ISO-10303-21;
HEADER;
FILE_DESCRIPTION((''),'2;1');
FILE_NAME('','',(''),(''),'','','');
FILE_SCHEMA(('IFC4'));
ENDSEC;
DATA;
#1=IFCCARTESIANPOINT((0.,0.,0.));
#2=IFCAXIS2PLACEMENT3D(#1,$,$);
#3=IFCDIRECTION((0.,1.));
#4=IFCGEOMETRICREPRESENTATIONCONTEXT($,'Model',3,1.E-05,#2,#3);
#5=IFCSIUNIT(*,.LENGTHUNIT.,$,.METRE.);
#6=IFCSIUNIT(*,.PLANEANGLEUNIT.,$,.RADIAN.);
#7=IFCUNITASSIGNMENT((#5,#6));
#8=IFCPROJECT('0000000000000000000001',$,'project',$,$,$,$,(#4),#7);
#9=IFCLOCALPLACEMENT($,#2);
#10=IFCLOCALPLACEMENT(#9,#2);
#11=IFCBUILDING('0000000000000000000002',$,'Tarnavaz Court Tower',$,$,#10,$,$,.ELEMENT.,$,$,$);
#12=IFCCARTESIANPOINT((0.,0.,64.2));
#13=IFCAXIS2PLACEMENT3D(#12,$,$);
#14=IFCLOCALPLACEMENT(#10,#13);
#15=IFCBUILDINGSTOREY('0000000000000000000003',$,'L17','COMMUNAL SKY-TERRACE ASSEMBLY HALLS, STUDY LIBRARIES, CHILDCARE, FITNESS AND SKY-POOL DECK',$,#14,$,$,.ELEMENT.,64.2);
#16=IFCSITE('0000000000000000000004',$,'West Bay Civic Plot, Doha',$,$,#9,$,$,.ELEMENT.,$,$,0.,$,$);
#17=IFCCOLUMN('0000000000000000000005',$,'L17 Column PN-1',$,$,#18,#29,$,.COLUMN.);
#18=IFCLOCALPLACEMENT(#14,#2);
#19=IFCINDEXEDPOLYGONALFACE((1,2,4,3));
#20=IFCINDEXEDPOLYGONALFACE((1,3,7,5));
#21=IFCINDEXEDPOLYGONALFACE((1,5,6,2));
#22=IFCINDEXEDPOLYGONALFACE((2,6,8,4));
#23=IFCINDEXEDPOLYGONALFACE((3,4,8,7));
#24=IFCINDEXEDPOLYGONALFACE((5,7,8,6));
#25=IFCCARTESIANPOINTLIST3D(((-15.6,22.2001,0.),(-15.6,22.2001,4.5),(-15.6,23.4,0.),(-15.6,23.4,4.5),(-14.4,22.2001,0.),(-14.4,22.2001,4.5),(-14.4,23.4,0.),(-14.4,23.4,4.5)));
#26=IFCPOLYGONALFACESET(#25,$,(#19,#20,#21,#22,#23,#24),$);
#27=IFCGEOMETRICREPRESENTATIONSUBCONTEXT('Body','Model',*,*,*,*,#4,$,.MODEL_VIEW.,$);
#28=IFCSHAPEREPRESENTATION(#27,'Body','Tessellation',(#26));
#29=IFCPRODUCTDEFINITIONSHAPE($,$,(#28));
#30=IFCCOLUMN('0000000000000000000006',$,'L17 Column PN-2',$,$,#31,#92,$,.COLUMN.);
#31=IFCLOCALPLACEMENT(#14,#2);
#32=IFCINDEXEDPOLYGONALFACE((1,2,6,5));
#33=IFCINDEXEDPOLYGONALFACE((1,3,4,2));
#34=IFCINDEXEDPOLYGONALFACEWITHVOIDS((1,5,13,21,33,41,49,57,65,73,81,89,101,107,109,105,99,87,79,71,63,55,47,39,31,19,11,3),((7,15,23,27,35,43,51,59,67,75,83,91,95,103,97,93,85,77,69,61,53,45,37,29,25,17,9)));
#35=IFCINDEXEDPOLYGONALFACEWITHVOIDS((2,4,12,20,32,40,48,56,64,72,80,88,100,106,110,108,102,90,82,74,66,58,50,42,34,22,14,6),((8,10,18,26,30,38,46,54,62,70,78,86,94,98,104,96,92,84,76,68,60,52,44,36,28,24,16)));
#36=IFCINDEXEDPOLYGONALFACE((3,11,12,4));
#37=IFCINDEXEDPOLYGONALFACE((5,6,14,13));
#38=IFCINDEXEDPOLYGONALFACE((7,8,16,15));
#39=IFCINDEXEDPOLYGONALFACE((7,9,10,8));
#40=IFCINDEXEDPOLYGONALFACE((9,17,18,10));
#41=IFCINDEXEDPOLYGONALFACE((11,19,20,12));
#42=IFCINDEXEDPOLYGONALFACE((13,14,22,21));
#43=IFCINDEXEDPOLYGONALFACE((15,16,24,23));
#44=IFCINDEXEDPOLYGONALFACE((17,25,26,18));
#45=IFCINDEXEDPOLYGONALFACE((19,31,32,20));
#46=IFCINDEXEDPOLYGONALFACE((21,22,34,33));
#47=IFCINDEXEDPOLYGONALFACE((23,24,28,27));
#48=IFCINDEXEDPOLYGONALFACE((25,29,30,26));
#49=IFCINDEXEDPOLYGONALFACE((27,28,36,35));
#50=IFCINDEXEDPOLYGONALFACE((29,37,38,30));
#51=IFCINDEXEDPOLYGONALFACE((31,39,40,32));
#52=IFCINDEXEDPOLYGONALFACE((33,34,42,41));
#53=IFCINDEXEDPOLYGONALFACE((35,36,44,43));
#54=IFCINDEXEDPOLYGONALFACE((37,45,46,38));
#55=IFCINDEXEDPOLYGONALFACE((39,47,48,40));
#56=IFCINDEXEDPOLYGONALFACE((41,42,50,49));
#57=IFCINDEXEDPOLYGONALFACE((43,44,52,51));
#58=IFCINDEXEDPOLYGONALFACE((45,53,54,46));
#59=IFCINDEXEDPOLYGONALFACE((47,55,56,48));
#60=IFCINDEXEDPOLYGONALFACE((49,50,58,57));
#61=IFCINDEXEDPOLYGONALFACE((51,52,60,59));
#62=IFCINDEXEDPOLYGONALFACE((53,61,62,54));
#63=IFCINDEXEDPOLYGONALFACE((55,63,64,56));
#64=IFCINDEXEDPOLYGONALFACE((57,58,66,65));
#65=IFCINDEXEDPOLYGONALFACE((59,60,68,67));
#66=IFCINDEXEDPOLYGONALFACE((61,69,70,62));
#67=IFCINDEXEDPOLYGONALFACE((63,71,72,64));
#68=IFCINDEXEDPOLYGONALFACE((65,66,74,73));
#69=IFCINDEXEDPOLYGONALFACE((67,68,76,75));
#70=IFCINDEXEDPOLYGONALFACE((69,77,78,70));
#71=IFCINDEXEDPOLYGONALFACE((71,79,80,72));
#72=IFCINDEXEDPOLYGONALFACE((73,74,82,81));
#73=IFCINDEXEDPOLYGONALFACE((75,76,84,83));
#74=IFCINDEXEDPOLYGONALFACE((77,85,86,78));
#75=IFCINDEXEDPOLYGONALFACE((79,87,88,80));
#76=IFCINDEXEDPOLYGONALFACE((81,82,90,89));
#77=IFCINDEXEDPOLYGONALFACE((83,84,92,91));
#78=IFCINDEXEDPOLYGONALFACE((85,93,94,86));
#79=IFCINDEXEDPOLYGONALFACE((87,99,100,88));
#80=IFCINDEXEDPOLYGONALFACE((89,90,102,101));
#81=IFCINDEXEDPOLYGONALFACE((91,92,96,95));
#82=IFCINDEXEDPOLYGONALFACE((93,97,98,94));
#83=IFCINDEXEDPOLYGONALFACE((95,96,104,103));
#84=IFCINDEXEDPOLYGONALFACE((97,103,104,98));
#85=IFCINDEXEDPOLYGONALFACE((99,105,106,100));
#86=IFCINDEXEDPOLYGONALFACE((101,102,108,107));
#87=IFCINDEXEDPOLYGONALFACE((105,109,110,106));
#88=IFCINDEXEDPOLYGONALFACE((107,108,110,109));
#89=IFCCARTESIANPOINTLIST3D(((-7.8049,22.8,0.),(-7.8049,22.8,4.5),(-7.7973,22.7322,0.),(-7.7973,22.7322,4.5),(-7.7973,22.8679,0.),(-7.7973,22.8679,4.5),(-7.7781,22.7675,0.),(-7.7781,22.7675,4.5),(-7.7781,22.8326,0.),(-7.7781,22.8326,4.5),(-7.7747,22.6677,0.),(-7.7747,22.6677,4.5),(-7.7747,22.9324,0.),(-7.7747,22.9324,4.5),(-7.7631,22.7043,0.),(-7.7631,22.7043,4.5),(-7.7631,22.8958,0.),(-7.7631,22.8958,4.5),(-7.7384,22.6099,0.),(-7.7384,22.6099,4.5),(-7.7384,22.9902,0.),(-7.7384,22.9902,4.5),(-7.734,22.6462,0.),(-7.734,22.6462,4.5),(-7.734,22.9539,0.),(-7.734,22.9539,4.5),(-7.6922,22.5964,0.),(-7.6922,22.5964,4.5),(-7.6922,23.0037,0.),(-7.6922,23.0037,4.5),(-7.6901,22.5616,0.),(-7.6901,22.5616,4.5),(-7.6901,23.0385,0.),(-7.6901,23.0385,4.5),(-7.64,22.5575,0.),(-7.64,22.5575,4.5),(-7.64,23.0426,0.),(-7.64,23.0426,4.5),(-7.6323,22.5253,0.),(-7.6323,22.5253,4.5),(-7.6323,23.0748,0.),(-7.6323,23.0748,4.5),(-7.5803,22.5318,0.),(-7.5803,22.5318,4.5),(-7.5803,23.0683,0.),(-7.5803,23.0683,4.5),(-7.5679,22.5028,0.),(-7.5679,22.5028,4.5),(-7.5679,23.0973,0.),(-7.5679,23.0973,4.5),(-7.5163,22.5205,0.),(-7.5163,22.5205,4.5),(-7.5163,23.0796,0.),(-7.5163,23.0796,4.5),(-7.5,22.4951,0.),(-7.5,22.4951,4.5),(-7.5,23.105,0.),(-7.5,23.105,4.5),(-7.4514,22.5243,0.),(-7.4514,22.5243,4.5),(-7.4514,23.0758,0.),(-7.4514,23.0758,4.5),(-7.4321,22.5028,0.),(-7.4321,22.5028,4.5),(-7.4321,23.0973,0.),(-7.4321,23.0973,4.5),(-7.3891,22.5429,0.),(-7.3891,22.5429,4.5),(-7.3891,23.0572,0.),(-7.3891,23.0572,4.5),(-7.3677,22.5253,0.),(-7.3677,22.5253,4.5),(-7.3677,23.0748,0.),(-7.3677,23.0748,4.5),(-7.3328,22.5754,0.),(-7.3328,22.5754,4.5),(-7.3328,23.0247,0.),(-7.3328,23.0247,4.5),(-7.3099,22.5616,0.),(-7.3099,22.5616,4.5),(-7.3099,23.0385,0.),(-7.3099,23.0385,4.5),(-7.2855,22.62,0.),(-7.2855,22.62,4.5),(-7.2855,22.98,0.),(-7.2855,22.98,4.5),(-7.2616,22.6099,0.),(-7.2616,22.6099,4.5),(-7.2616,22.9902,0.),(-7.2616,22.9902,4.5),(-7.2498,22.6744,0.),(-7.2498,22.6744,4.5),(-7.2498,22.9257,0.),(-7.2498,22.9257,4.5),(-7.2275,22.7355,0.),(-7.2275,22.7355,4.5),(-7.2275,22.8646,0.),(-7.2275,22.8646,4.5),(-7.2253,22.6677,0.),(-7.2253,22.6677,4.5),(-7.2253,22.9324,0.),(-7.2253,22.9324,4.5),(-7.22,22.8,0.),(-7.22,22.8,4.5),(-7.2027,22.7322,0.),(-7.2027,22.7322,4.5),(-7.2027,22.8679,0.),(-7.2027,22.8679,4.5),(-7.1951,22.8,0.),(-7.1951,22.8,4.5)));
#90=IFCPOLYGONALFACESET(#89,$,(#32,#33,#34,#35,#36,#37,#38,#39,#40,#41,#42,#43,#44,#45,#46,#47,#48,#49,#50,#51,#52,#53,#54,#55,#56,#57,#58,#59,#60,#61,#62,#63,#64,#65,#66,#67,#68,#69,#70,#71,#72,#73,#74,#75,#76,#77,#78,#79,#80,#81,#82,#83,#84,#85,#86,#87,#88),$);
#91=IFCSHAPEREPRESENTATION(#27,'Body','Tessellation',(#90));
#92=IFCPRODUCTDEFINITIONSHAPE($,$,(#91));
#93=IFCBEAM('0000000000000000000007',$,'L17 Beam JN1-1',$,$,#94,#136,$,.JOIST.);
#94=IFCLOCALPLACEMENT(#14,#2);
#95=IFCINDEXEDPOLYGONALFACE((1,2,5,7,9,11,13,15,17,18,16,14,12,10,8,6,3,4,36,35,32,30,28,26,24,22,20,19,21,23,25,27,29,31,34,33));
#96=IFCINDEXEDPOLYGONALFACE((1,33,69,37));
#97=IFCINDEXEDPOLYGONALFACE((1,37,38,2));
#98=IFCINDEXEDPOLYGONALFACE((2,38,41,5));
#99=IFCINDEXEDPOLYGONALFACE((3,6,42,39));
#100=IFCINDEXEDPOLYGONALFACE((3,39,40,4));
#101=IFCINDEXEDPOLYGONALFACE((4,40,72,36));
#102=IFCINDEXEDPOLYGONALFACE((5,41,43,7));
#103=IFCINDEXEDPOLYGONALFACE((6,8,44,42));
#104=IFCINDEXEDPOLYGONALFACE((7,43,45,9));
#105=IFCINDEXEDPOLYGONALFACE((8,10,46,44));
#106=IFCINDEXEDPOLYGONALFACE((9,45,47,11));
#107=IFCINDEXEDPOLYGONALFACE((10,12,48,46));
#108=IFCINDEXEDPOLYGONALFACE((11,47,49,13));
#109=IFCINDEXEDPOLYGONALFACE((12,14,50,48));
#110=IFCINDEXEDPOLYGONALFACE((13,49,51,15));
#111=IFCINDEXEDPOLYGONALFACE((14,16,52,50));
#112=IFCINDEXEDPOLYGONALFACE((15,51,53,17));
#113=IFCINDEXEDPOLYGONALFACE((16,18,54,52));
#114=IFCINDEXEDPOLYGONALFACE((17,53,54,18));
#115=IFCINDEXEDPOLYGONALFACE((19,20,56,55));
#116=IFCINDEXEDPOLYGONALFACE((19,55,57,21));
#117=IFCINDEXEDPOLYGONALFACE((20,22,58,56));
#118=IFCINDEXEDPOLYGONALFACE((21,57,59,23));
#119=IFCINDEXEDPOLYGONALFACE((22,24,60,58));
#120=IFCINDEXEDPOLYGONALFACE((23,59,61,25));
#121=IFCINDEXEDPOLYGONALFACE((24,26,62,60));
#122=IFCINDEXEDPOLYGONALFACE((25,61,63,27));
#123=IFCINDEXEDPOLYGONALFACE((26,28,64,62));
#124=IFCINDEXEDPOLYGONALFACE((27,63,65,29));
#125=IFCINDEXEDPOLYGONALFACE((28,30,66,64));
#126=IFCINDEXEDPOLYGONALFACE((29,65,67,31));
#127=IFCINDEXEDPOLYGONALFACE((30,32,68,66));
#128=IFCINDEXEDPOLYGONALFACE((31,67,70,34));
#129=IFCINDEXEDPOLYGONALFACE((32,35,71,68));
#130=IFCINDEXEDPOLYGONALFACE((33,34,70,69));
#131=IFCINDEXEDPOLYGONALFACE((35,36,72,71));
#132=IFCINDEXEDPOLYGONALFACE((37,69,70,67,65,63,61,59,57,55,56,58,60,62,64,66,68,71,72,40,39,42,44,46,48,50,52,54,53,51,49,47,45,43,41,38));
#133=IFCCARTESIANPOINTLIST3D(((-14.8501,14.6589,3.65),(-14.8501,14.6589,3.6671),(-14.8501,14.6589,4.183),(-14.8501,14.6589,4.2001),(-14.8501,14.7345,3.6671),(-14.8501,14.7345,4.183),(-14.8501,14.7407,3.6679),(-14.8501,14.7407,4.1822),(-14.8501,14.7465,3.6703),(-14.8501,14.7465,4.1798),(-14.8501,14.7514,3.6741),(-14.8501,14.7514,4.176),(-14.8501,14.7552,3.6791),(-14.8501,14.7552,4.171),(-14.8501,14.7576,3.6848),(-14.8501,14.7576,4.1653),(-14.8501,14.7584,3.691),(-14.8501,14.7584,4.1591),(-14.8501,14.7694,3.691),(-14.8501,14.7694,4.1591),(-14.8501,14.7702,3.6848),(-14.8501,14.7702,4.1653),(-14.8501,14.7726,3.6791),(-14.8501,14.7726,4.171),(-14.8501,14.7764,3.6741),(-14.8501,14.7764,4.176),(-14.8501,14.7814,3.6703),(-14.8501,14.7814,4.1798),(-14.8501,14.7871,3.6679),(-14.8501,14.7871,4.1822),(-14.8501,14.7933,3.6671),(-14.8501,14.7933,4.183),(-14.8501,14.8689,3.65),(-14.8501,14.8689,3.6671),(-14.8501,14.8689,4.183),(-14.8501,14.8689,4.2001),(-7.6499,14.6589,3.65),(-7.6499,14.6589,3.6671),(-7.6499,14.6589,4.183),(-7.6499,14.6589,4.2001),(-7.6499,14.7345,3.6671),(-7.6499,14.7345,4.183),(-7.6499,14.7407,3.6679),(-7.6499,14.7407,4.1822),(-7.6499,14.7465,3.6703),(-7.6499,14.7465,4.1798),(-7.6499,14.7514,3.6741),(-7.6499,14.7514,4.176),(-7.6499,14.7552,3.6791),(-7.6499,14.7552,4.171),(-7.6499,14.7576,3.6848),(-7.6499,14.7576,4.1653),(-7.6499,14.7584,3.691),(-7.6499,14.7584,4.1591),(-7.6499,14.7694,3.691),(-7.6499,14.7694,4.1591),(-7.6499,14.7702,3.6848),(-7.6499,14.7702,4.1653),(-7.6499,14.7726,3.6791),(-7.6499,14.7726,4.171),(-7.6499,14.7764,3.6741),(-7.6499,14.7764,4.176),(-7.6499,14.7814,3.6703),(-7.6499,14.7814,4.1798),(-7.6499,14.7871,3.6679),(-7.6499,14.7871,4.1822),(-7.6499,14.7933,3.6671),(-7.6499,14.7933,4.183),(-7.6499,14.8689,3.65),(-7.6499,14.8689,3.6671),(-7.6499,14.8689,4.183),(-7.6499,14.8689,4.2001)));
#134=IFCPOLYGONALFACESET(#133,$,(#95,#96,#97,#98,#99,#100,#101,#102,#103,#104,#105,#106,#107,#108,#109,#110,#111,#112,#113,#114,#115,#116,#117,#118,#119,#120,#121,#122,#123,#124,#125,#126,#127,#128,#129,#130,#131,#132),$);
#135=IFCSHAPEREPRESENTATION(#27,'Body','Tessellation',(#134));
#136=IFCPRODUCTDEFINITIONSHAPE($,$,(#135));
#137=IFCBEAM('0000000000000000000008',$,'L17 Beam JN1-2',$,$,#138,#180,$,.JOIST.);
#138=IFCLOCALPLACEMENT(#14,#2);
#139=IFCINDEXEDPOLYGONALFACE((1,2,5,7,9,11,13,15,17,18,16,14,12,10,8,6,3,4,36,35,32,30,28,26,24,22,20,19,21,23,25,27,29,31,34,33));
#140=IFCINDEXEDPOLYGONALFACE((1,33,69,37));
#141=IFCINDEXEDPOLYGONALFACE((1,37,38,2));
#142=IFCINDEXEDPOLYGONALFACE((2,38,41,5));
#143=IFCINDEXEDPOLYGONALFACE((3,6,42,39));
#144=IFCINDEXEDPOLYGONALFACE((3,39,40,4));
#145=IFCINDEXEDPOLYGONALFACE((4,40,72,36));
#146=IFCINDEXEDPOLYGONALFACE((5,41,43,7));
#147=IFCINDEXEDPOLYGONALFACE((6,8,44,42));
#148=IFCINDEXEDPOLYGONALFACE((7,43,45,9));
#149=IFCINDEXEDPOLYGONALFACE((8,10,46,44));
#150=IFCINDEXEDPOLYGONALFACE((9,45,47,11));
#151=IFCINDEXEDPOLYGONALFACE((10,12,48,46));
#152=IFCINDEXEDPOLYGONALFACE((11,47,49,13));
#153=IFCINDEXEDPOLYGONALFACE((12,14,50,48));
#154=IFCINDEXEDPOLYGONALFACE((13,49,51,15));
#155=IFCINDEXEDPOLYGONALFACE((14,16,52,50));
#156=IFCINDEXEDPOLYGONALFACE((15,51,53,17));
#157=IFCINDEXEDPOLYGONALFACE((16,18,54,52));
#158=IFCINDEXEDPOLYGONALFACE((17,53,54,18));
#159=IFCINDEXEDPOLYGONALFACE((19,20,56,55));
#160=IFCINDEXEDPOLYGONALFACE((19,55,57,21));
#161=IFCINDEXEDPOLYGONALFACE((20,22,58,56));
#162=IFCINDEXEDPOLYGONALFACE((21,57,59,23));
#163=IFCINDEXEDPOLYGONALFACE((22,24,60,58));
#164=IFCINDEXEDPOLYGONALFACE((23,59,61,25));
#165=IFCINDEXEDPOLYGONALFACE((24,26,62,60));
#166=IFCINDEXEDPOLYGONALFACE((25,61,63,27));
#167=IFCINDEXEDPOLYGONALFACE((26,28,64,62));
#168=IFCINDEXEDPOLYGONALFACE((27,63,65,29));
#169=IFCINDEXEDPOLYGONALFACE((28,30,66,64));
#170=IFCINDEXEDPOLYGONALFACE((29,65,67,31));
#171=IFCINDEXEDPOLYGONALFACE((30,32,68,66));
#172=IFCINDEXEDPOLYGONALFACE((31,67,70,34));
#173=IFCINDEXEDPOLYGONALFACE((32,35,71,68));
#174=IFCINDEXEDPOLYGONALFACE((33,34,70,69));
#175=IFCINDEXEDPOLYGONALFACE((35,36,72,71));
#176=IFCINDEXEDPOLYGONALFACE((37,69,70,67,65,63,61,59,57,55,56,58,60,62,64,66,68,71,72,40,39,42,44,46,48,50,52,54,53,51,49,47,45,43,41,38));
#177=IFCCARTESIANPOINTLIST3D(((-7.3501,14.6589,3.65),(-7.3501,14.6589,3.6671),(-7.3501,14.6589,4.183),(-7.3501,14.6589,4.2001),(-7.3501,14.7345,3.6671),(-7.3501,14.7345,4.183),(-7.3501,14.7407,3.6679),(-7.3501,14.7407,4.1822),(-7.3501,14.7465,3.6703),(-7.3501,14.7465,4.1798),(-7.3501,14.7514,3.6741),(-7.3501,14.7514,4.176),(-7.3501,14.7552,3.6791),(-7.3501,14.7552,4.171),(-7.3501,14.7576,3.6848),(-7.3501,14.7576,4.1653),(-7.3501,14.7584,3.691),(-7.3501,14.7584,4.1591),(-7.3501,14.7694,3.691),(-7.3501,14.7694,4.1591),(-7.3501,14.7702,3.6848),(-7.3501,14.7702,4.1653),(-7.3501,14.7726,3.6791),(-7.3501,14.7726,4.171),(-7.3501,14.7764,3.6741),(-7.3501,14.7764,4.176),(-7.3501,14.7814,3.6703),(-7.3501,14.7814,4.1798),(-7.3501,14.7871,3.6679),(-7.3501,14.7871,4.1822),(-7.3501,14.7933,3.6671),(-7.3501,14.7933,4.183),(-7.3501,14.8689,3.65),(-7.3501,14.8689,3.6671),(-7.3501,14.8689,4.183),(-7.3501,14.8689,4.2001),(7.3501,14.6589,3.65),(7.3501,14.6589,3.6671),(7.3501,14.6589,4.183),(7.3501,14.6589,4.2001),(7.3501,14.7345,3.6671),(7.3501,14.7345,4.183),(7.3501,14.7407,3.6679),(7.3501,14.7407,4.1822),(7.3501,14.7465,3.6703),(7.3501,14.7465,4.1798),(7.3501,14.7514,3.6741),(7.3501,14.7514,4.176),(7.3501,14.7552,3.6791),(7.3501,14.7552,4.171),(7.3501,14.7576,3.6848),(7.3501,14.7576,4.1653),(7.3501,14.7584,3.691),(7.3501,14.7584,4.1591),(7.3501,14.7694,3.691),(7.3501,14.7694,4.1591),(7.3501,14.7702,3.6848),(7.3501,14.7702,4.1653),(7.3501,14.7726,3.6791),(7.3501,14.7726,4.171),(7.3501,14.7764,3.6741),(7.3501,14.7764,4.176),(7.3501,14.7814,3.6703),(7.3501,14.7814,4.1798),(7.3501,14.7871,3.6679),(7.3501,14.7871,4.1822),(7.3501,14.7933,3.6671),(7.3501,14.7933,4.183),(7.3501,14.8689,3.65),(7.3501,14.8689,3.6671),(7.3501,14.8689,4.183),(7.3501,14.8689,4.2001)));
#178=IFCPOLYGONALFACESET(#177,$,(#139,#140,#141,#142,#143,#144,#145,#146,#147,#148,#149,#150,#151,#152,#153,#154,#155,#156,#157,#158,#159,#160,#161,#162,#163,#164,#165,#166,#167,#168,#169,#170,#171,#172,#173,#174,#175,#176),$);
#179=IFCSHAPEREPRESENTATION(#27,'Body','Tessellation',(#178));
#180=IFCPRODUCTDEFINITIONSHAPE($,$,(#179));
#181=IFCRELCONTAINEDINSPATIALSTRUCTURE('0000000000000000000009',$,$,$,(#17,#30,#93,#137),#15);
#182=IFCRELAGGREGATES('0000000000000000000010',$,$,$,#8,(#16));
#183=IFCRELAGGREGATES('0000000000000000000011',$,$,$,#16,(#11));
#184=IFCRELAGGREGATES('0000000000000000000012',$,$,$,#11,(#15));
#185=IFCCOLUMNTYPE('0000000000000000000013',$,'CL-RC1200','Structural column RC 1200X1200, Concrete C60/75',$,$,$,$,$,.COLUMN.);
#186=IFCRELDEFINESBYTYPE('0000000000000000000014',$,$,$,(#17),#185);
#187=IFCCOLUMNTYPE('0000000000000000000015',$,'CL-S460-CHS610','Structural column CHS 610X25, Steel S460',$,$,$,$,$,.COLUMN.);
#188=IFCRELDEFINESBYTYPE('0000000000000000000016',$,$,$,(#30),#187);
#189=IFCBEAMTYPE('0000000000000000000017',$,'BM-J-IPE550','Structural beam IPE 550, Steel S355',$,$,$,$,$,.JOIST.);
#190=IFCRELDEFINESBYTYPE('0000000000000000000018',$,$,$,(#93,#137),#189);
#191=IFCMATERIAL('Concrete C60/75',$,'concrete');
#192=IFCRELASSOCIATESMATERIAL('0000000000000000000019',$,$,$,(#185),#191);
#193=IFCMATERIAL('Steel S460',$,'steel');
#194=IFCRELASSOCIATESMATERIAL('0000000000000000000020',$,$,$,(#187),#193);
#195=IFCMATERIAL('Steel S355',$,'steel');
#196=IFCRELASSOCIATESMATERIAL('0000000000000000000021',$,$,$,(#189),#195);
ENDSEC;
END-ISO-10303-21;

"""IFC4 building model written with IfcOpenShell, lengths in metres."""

from ifc_helpers import new_model, si_unit, direction, frame, origin, origin_2d, place, context, subcontext, project, spatial, rectangle, hollow_circle, i_section, extrude, material, material_profile, profile_set, type_object, element, save


model = new_model("IFC4")

# Units and contexts
model_context = context("Model", 3, precision=1e-05, world=origin(), true_north=direction((0.0, 1.0)))
body_context = subcontext(model_context, "Body", "Model", "MODEL_VIEW")
ifc_project = project(units=[si_unit("LENGTHUNIT", "METRE"), si_unit("PLANEANGLEUNIT", "RADIAN")], contexts=[model_context])

# Site, building, storey
site_placement = place(None, origin())
site = spatial("IfcSite", under=ifc_project, at=site_placement, Name="West Bay Civic Plot, Doha", CompositionType="ELEMENT", RefElevation=0.0)
building_placement = place(site_placement, origin())
building = spatial("IfcBuilding", under=site, at=building_placement, Name="Tarnavaz Court Tower", CompositionType="ELEMENT")
storey_placement = place(building_placement, frame((0.0, 0.0, 64.2)))
storey = spatial("IfcBuildingStorey", under=building, at=storey_placement, Name="L17", Description="COMMUNAL SKY-TERRACE ASSEMBLY HALLS, STUDY LIBRARIES, CHILDCARE, FITNESS AND SKY-POOL DECK", CompositionType="ELEMENT", Elevation=64.2)

# Columns
ifc_material_1 = material(Name="Concrete C60/75", Category="concrete")
ifc_material_profile_1 = material_profile(ifc_material_1, rectangle(XDim=1.2, YDim=1.2, at=origin_2d()), Name="RC 1200X1200")
ifc_profile_set_1 = profile_set([ifc_material_profile_1], Name="Concrete C60/75")
column_type_1 = type_object("IfcColumnType", Name="CL-RC1200", Description="Structural column RC 1200X1200, Concrete C60/75", PredefinedType="COLUMN", material=ifc_profile_set_1)
column_1_placement = place(storey_placement, frame((-15.0, 22.8, 0.0), z_axis=(0.0, 0.0, 1.0), x_axis=(1.0, 0.0, 0.0)))
element("IfcColumn", 1, at=column_1_placement, inside=storey, type_object=column_type_1, Name="L17 Column PN-1", PredefinedType="COLUMN", context=body_context, shape_type="SweptSolid", body=[
    extrude(rectangle(XDim=1.2, YDim=1.2, at=origin_2d()), origin(), (0.0, 0.0, 1.0), 4.5),
])
ifc_material_2 = material(Name="Steel S460", Category="steel")
ifc_material_profile_2 = material_profile(ifc_material_2, hollow_circle(Radius=0.3049, WallThickness=0.0249, at=origin_2d()), Name="CHS 610X25")
ifc_profile_set_2 = profile_set([ifc_material_profile_2], Name="Steel S460")
column_type_2 = type_object("IfcColumnType", Name="CL-S460-CHS610", Description="Structural column CHS 610X25, Steel S460", PredefinedType="COLUMN", material=ifc_profile_set_2)
column_2_placement = place(storey_placement, frame((-7.5, 22.8, 0.0), z_axis=(0.0, 0.0, 1.0), x_axis=(1.0, 0.0, 0.0)))
element("IfcColumn", 2, at=column_2_placement, inside=storey, type_object=column_type_2, Name="L17 Column PN-2", PredefinedType="COLUMN", context=body_context, shape_type="SweptSolid", body=[
    extrude(hollow_circle(Radius=0.3049, WallThickness=0.0249, at=origin_2d()), origin(), (0.0, 0.0, 1.0), 4.5),
])

# Beams
ifc_material_3 = material(Name="Steel S355", Category="steel")
ifc_material_profile_3 = material_profile(ifc_material_3, i_section(OverallWidth=0.21, OverallDepth=0.55, WebThickness=0.011, FlangeThickness=0.0171, FilletRadius=0.0239, at=origin_2d()), Name="IPE 550")
ifc_profile_set_3 = profile_set([ifc_material_profile_3], Name="Steel S355")
beam_type_1 = type_object("IfcBeamType", Name="BM-J-IPE550", Description="Structural beam IPE 550, Steel S355", PredefinedType="JOIST", material=ifc_profile_set_3)
beam_1_placement = place(storey_placement, frame((-14.8501, 14.7639, 3.925), z_axis=(1.0, 0.0, 0.0), x_axis=(0.0, 1.0, 0.0)))
element("IfcBeam", 3, at=beam_1_placement, inside=storey, type_object=beam_type_1, Name="L17 Beam JN1-1", PredefinedType="JOIST", context=body_context, shape_type="SweptSolid", body=[
    extrude(i_section(OverallWidth=0.21, OverallDepth=0.55, WebThickness=0.011, FlangeThickness=0.0171, FilletRadius=0.0239, at=origin_2d()), origin(), (0.0, 0.0, 1.0), 7.2002),
])
beam_2_placement = place(storey_placement, frame((-7.3501, 14.7639, 3.925), z_axis=(1.0, 0.0, 0.0), x_axis=(0.0, 1.0, 0.0)))
element("IfcBeam", 4, at=beam_2_placement, inside=storey, type_object=beam_type_1, Name="L17 Beam JN1-2", PredefinedType="JOIST", context=body_context, shape_type="SweptSolid", body=[
    extrude(i_section(OverallWidth=0.21, OverallDepth=0.55, WebThickness=0.011, FlangeThickness=0.0171, FilletRadius=0.0239, at=origin_2d()), origin(), (0.0, 0.0, 1.0), 14.7002),
])

save(model, "model.ifc")
